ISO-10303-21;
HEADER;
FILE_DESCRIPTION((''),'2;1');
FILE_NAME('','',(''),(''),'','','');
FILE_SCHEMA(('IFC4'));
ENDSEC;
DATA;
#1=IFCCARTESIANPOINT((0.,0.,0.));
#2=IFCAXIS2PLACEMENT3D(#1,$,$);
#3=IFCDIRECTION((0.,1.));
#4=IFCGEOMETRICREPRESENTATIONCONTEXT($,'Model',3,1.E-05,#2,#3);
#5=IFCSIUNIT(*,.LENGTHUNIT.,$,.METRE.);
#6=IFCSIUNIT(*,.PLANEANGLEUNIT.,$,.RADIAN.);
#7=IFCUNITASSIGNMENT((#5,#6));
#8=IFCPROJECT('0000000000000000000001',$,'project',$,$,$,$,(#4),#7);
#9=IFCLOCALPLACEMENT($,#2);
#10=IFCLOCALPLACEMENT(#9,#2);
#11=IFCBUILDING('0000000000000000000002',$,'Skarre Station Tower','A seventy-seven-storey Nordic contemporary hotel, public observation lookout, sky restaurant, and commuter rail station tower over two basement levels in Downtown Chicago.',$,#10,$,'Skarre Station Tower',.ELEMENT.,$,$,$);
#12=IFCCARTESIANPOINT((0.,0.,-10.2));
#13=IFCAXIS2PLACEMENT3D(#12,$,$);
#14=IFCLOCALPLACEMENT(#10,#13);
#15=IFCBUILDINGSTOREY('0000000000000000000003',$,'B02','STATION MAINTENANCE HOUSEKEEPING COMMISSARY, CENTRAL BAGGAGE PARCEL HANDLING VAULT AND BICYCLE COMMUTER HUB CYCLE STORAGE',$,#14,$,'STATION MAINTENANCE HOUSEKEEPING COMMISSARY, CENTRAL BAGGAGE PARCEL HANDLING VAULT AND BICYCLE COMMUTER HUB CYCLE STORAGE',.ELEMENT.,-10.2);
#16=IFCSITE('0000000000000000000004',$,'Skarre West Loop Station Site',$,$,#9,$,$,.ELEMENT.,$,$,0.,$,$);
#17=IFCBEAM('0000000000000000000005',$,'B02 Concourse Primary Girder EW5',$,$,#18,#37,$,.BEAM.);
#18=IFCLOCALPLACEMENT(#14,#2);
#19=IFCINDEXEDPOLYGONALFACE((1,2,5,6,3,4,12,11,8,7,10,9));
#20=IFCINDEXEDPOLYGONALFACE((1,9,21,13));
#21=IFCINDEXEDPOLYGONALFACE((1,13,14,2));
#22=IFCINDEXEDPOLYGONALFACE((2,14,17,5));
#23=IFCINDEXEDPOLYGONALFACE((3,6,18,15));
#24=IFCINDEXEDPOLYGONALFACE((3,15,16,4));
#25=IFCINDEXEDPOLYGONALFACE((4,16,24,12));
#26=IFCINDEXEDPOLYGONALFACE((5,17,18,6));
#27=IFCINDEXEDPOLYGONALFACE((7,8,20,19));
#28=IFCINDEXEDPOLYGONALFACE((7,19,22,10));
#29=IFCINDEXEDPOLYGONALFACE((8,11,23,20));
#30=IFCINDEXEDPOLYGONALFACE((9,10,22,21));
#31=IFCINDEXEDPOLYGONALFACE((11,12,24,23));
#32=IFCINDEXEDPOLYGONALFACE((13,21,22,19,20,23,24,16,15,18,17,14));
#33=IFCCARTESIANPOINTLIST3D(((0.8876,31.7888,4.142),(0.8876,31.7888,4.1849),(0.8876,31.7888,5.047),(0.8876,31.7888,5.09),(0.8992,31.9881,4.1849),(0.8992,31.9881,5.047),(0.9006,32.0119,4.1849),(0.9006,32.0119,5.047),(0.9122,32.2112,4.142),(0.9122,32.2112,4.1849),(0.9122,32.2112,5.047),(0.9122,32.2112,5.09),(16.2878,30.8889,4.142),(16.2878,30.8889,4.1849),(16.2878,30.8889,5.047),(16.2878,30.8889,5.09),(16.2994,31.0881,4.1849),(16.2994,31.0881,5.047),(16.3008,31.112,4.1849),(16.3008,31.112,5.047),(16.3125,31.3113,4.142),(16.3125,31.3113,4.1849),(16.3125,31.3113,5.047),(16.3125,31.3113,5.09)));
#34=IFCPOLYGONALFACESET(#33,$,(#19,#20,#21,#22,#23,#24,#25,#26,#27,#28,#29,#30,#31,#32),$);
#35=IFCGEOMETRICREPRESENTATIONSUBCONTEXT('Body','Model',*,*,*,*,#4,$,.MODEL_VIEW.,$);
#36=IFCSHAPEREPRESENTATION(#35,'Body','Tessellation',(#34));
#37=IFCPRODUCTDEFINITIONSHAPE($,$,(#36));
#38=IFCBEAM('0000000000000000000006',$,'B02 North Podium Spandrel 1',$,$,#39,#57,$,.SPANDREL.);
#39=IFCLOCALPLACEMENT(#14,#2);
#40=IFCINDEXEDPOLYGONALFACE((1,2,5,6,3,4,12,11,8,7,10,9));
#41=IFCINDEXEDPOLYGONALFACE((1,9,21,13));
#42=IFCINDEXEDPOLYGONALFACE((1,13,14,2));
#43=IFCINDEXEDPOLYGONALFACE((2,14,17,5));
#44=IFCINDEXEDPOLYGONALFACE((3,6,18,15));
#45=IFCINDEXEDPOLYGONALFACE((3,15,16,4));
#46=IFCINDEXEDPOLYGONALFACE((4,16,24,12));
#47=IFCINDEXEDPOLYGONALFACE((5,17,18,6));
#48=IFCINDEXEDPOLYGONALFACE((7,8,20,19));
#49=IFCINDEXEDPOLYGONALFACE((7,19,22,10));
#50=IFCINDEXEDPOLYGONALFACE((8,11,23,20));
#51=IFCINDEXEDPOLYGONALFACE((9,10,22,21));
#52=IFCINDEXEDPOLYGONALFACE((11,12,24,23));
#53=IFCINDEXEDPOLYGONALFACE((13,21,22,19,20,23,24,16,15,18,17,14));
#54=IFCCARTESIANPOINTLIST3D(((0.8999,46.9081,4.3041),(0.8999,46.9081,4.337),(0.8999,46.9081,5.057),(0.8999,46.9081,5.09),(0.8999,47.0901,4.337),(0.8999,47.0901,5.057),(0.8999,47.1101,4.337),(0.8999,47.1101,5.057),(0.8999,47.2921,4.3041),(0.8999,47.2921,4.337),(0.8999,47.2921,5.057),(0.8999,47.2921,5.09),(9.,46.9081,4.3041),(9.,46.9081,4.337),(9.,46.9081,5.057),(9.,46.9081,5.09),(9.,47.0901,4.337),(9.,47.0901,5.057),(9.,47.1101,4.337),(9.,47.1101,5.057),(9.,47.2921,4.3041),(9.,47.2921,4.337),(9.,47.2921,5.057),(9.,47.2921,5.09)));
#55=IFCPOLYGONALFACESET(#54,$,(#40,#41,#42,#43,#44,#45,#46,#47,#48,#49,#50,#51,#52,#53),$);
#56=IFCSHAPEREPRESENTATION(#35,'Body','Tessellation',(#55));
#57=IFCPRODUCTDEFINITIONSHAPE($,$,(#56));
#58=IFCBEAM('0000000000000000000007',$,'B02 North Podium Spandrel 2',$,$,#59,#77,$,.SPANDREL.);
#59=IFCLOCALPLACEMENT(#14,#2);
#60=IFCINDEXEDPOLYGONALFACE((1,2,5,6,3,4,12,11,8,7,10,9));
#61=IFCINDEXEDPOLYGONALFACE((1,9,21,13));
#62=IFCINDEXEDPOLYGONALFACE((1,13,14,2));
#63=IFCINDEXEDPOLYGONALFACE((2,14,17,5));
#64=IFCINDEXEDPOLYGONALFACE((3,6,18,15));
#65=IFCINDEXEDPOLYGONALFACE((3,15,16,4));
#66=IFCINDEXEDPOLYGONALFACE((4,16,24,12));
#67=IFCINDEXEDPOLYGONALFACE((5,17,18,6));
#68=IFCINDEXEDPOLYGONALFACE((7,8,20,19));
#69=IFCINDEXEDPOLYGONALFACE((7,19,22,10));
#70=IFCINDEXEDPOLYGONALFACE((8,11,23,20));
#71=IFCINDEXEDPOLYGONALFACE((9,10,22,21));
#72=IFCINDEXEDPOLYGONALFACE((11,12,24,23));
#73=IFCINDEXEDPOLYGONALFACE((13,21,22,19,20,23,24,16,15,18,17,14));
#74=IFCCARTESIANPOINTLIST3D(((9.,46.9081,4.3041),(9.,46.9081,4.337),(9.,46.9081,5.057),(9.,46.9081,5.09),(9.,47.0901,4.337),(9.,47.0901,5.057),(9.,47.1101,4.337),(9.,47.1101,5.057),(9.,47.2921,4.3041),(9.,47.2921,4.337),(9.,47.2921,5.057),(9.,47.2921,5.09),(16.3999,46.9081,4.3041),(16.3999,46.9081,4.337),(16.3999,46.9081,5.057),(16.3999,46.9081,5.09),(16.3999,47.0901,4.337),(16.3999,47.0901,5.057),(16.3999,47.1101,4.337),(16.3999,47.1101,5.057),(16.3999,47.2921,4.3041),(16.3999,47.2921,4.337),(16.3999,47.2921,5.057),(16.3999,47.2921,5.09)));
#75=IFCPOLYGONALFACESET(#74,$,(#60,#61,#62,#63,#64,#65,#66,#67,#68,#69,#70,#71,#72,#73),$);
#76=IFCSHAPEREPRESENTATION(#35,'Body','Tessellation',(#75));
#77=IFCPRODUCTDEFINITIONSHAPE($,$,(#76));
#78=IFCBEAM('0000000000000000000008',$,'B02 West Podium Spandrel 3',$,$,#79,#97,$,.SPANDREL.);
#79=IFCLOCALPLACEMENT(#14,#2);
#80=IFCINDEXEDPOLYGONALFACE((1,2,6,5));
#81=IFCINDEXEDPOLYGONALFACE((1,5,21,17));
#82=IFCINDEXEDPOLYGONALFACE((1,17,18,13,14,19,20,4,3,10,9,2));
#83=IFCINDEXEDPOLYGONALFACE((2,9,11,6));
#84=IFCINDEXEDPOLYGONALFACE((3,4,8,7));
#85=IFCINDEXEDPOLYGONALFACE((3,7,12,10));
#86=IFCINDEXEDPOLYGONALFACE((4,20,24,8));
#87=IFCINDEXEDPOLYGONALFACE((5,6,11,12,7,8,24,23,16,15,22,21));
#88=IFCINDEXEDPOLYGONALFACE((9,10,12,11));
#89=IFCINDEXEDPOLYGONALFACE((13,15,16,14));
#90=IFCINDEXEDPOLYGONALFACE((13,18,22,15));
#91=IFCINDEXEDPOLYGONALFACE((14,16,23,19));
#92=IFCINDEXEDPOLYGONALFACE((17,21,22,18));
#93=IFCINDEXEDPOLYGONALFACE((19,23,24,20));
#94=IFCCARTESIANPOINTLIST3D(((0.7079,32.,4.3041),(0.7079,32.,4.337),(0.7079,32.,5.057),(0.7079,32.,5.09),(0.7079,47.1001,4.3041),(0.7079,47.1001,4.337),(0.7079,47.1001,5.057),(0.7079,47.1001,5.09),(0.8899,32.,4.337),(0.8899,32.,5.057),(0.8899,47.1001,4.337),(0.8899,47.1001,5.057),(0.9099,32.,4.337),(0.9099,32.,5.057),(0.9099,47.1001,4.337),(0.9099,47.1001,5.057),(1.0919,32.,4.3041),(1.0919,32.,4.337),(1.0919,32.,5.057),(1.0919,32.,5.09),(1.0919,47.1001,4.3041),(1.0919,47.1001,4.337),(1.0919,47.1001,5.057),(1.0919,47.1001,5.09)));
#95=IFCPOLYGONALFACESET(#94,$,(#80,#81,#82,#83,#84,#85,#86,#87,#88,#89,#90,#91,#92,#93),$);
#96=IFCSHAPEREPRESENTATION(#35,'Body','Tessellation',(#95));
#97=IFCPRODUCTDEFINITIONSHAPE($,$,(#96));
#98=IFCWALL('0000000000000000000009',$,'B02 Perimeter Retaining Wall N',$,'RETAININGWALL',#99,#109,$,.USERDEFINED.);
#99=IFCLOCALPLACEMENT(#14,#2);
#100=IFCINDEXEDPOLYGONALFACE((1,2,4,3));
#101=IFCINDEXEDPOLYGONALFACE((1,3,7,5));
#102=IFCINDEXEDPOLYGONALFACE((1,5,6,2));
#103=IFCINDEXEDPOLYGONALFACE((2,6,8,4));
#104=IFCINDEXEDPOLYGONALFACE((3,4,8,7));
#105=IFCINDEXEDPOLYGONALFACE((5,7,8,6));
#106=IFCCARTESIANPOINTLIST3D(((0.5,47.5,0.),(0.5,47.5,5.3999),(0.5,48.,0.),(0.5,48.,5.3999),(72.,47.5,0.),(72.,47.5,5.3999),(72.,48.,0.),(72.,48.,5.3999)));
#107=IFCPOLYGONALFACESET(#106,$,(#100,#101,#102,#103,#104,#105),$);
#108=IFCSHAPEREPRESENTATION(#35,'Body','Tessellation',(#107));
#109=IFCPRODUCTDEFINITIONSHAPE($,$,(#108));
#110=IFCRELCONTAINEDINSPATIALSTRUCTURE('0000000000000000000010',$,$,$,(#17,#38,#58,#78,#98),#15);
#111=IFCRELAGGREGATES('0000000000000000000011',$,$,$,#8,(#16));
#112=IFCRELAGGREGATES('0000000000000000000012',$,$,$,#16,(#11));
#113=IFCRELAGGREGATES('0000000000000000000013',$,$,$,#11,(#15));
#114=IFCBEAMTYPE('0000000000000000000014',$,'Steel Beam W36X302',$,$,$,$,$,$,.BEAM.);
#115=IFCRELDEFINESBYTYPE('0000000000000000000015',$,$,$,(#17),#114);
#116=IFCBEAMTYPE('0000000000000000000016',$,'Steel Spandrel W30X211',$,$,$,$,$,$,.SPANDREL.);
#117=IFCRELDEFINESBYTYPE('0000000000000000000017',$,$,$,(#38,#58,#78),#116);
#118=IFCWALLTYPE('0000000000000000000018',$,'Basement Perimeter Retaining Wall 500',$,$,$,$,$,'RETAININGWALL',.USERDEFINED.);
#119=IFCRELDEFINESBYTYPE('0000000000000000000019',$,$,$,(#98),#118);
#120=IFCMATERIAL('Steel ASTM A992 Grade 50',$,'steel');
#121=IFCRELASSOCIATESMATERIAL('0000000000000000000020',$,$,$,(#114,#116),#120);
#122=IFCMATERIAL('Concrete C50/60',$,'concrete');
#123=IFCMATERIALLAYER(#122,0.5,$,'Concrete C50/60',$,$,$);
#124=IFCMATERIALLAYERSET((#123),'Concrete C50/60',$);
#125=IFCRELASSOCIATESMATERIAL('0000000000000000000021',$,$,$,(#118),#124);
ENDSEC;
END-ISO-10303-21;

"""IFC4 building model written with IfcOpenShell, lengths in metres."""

from ifc_helpers import new_model, si_unit, direction, frame, frame_2d, origin, origin_2d, place, context, subcontext, project, spatial, rectangle, i_section, extrude, material, layer, layer_set, material_profile, profile_set, type_object, element, save


model = new_model("IFC4")

# Units and contexts
model_context = context("Model", 3, precision=1e-05, world=origin(), true_north=direction((0.0, 1.0)))
body_context = subcontext(model_context, "Body", "Model", "MODEL_VIEW")
ifc_project = project(units=[si_unit("LENGTHUNIT", "METRE"), si_unit("PLANEANGLEUNIT", "RADIAN")], contexts=[model_context])

# Site, building, storey
site_placement = place(None, origin())
site = spatial("IfcSite", under=ifc_project, at=site_placement, Name="Skarre West Loop Station Site", CompositionType="ELEMENT", RefElevation=0.0)
building_placement = place(site_placement, origin())
building = spatial("IfcBuilding", under=site, at=building_placement, Name="Skarre Station Tower", Description="A seventy-seven-storey Nordic contemporary hotel, public observation lookout, sky restaurant, and commuter rail station tower over two basement levels in Downtown Chicago.", LongName="Skarre Station Tower", CompositionType="ELEMENT")
storey_placement = place(building_placement, frame((0.0, 0.0, -10.2)))
storey = spatial("IfcBuildingStorey", under=building, at=storey_placement, Name="B02", Description="STATION MAINTENANCE HOUSEKEEPING COMMISSARY, CENTRAL BAGGAGE PARCEL HANDLING VAULT AND BICYCLE COMMUTER HUB CYCLE STORAGE", LongName="STATION MAINTENANCE HOUSEKEEPING COMMISSARY, CENTRAL BAGGAGE PARCEL HANDLING VAULT AND BICYCLE COMMUTER HUB CYCLE STORAGE", CompositionType="ELEMENT", Elevation=-10.2)

# Shared definitions
ifc_material_1 = material(Name="Concrete C50/60", Category="concrete")

# Beams
ifc_material_2 = material(Name="Steel ASTM A992 Grade 50", Category="steel")
ifc_material_profile_1 = material_profile(ifc_material_2, i_section(OverallWidth=0.4231, OverallDepth=0.948, WebThickness=0.0239, FlangeThickness=0.043, at=origin_2d()), Name="Steel ASTM A992 Grade 50")
ifc_profile_set_1 = profile_set([ifc_material_profile_1], Name="Steel ASTM A992 Grade 50")
beam_type_1 = type_object("IfcBeamType", Name="Steel Beam W36X302", PredefinedType="BEAM", material=ifc_profile_set_1)
beam_1_placement = place(storey_placement, frame((0.8999, 32.0, 4.616), z_axis=(0.998297, -0.058335, 0.0), x_axis=(0.058335, 0.998297, 0.0)))
element("IfcBeam", 1, at=beam_1_placement, inside=storey, type_object=beam_type_1, Name="B02 Concourse Primary Girder EW5", PredefinedType="BEAM", context=body_context, shape_type="SweptSolid", body=[
    extrude(i_section(OverallWidth=0.4231, OverallDepth=0.948, WebThickness=0.0239, FlangeThickness=0.043, at=origin_2d()), origin(), (0.0, 0.0, 1.0), 15.4265),
])
ifc_material_profile_2 = material_profile(ifc_material_2, i_section(OverallWidth=0.384, OverallDepth=0.7859, WebThickness=0.02, FlangeThickness=0.033, at=origin_2d()), Name="Steel ASTM A992 Grade 50")
ifc_profile_set_2 = profile_set([ifc_material_profile_2], Name="Steel ASTM A992 Grade 50")
beam_type_2 = type_object("IfcBeamType", Name="Steel Spandrel W30X211", PredefinedType="SPANDREL", material=ifc_profile_set_2)
beam_2_placement = place(storey_placement, frame((0.8999, 47.1001, 4.697), z_axis=(1.0, 0.0, 0.0), x_axis=(0.0, 1.0, 0.0)))
element("IfcBeam", 2, at=beam_2_placement, inside=storey, type_object=beam_type_2, Name="B02 North Podium Spandrel 1", PredefinedType="SPANDREL", context=body_context, shape_type="SweptSolid", body=[
    extrude(i_section(OverallWidth=0.384, OverallDepth=0.7859, WebThickness=0.02, FlangeThickness=0.033, at=origin_2d()), origin(), (0.0, 0.0, 1.0), 8.1001),
])
beam_3_placement = place(storey_placement, frame((9.0, 47.1001, 4.697), z_axis=(1.0, 0.0, 0.0), x_axis=(0.0, 1.0, 0.0)))
element("IfcBeam", 3, at=beam_3_placement, inside=storey, type_object=beam_type_2, Name="B02 North Podium Spandrel 2", PredefinedType="SPANDREL", context=body_context, shape_type="SweptSolid", body=[
    extrude(i_section(OverallWidth=0.384, OverallDepth=0.7859, WebThickness=0.02, FlangeThickness=0.033, at=origin_2d()), origin(), (0.0, 0.0, 1.0), 7.3999),
])
beam_4_placement = place(storey_placement, frame((0.8999, 32.0, 4.697), z_axis=(0.0, 1.0, 0.0), x_axis=(-1.0, 0.0, 0.0)))
element("IfcBeam", 4, at=beam_4_placement, inside=storey, type_object=beam_type_2, Name="B02 West Podium Spandrel 3", PredefinedType="SPANDREL", context=body_context, shape_type="SweptSolid", body=[
    extrude(i_section(OverallWidth=0.384, OverallDepth=0.7859, WebThickness=0.02, FlangeThickness=0.033, at=origin_2d()), origin(), (0.0, 0.0, 1.0), 15.1001),
])

# Wall
ifc_layer = layer(ifc_material_1, 0.5, Name="Concrete C50/60")
ifc_layer_set = layer_set([ifc_layer], Name="Concrete C50/60")
wall_type = type_object("IfcWallType", Name="Basement Perimeter Retaining Wall 500", ElementType="RETAININGWALL", PredefinedType="USERDEFINED", material=ifc_layer_set)
wall_placement = place(storey_placement, frame((0.5, 47.75, 0.0), z_axis=(0.0, 0.0, 1.0), x_axis=(1.0, 0.0, 0.0)))
element("IfcWall", 5, at=wall_placement, inside=storey, type_object=wall_type, Name="B02 Perimeter Retaining Wall N", ObjectType="RETAININGWALL", PredefinedType="USERDEFINED", context=body_context, shape_type="SweptSolid", body=[
    extrude(rectangle(XDim=71.5, YDim=0.5, at=frame_2d((35.75, 0.0))), origin(), (0.0, 0.0, 1.0), 5.3999),
])

save(model, "model.ifc")
